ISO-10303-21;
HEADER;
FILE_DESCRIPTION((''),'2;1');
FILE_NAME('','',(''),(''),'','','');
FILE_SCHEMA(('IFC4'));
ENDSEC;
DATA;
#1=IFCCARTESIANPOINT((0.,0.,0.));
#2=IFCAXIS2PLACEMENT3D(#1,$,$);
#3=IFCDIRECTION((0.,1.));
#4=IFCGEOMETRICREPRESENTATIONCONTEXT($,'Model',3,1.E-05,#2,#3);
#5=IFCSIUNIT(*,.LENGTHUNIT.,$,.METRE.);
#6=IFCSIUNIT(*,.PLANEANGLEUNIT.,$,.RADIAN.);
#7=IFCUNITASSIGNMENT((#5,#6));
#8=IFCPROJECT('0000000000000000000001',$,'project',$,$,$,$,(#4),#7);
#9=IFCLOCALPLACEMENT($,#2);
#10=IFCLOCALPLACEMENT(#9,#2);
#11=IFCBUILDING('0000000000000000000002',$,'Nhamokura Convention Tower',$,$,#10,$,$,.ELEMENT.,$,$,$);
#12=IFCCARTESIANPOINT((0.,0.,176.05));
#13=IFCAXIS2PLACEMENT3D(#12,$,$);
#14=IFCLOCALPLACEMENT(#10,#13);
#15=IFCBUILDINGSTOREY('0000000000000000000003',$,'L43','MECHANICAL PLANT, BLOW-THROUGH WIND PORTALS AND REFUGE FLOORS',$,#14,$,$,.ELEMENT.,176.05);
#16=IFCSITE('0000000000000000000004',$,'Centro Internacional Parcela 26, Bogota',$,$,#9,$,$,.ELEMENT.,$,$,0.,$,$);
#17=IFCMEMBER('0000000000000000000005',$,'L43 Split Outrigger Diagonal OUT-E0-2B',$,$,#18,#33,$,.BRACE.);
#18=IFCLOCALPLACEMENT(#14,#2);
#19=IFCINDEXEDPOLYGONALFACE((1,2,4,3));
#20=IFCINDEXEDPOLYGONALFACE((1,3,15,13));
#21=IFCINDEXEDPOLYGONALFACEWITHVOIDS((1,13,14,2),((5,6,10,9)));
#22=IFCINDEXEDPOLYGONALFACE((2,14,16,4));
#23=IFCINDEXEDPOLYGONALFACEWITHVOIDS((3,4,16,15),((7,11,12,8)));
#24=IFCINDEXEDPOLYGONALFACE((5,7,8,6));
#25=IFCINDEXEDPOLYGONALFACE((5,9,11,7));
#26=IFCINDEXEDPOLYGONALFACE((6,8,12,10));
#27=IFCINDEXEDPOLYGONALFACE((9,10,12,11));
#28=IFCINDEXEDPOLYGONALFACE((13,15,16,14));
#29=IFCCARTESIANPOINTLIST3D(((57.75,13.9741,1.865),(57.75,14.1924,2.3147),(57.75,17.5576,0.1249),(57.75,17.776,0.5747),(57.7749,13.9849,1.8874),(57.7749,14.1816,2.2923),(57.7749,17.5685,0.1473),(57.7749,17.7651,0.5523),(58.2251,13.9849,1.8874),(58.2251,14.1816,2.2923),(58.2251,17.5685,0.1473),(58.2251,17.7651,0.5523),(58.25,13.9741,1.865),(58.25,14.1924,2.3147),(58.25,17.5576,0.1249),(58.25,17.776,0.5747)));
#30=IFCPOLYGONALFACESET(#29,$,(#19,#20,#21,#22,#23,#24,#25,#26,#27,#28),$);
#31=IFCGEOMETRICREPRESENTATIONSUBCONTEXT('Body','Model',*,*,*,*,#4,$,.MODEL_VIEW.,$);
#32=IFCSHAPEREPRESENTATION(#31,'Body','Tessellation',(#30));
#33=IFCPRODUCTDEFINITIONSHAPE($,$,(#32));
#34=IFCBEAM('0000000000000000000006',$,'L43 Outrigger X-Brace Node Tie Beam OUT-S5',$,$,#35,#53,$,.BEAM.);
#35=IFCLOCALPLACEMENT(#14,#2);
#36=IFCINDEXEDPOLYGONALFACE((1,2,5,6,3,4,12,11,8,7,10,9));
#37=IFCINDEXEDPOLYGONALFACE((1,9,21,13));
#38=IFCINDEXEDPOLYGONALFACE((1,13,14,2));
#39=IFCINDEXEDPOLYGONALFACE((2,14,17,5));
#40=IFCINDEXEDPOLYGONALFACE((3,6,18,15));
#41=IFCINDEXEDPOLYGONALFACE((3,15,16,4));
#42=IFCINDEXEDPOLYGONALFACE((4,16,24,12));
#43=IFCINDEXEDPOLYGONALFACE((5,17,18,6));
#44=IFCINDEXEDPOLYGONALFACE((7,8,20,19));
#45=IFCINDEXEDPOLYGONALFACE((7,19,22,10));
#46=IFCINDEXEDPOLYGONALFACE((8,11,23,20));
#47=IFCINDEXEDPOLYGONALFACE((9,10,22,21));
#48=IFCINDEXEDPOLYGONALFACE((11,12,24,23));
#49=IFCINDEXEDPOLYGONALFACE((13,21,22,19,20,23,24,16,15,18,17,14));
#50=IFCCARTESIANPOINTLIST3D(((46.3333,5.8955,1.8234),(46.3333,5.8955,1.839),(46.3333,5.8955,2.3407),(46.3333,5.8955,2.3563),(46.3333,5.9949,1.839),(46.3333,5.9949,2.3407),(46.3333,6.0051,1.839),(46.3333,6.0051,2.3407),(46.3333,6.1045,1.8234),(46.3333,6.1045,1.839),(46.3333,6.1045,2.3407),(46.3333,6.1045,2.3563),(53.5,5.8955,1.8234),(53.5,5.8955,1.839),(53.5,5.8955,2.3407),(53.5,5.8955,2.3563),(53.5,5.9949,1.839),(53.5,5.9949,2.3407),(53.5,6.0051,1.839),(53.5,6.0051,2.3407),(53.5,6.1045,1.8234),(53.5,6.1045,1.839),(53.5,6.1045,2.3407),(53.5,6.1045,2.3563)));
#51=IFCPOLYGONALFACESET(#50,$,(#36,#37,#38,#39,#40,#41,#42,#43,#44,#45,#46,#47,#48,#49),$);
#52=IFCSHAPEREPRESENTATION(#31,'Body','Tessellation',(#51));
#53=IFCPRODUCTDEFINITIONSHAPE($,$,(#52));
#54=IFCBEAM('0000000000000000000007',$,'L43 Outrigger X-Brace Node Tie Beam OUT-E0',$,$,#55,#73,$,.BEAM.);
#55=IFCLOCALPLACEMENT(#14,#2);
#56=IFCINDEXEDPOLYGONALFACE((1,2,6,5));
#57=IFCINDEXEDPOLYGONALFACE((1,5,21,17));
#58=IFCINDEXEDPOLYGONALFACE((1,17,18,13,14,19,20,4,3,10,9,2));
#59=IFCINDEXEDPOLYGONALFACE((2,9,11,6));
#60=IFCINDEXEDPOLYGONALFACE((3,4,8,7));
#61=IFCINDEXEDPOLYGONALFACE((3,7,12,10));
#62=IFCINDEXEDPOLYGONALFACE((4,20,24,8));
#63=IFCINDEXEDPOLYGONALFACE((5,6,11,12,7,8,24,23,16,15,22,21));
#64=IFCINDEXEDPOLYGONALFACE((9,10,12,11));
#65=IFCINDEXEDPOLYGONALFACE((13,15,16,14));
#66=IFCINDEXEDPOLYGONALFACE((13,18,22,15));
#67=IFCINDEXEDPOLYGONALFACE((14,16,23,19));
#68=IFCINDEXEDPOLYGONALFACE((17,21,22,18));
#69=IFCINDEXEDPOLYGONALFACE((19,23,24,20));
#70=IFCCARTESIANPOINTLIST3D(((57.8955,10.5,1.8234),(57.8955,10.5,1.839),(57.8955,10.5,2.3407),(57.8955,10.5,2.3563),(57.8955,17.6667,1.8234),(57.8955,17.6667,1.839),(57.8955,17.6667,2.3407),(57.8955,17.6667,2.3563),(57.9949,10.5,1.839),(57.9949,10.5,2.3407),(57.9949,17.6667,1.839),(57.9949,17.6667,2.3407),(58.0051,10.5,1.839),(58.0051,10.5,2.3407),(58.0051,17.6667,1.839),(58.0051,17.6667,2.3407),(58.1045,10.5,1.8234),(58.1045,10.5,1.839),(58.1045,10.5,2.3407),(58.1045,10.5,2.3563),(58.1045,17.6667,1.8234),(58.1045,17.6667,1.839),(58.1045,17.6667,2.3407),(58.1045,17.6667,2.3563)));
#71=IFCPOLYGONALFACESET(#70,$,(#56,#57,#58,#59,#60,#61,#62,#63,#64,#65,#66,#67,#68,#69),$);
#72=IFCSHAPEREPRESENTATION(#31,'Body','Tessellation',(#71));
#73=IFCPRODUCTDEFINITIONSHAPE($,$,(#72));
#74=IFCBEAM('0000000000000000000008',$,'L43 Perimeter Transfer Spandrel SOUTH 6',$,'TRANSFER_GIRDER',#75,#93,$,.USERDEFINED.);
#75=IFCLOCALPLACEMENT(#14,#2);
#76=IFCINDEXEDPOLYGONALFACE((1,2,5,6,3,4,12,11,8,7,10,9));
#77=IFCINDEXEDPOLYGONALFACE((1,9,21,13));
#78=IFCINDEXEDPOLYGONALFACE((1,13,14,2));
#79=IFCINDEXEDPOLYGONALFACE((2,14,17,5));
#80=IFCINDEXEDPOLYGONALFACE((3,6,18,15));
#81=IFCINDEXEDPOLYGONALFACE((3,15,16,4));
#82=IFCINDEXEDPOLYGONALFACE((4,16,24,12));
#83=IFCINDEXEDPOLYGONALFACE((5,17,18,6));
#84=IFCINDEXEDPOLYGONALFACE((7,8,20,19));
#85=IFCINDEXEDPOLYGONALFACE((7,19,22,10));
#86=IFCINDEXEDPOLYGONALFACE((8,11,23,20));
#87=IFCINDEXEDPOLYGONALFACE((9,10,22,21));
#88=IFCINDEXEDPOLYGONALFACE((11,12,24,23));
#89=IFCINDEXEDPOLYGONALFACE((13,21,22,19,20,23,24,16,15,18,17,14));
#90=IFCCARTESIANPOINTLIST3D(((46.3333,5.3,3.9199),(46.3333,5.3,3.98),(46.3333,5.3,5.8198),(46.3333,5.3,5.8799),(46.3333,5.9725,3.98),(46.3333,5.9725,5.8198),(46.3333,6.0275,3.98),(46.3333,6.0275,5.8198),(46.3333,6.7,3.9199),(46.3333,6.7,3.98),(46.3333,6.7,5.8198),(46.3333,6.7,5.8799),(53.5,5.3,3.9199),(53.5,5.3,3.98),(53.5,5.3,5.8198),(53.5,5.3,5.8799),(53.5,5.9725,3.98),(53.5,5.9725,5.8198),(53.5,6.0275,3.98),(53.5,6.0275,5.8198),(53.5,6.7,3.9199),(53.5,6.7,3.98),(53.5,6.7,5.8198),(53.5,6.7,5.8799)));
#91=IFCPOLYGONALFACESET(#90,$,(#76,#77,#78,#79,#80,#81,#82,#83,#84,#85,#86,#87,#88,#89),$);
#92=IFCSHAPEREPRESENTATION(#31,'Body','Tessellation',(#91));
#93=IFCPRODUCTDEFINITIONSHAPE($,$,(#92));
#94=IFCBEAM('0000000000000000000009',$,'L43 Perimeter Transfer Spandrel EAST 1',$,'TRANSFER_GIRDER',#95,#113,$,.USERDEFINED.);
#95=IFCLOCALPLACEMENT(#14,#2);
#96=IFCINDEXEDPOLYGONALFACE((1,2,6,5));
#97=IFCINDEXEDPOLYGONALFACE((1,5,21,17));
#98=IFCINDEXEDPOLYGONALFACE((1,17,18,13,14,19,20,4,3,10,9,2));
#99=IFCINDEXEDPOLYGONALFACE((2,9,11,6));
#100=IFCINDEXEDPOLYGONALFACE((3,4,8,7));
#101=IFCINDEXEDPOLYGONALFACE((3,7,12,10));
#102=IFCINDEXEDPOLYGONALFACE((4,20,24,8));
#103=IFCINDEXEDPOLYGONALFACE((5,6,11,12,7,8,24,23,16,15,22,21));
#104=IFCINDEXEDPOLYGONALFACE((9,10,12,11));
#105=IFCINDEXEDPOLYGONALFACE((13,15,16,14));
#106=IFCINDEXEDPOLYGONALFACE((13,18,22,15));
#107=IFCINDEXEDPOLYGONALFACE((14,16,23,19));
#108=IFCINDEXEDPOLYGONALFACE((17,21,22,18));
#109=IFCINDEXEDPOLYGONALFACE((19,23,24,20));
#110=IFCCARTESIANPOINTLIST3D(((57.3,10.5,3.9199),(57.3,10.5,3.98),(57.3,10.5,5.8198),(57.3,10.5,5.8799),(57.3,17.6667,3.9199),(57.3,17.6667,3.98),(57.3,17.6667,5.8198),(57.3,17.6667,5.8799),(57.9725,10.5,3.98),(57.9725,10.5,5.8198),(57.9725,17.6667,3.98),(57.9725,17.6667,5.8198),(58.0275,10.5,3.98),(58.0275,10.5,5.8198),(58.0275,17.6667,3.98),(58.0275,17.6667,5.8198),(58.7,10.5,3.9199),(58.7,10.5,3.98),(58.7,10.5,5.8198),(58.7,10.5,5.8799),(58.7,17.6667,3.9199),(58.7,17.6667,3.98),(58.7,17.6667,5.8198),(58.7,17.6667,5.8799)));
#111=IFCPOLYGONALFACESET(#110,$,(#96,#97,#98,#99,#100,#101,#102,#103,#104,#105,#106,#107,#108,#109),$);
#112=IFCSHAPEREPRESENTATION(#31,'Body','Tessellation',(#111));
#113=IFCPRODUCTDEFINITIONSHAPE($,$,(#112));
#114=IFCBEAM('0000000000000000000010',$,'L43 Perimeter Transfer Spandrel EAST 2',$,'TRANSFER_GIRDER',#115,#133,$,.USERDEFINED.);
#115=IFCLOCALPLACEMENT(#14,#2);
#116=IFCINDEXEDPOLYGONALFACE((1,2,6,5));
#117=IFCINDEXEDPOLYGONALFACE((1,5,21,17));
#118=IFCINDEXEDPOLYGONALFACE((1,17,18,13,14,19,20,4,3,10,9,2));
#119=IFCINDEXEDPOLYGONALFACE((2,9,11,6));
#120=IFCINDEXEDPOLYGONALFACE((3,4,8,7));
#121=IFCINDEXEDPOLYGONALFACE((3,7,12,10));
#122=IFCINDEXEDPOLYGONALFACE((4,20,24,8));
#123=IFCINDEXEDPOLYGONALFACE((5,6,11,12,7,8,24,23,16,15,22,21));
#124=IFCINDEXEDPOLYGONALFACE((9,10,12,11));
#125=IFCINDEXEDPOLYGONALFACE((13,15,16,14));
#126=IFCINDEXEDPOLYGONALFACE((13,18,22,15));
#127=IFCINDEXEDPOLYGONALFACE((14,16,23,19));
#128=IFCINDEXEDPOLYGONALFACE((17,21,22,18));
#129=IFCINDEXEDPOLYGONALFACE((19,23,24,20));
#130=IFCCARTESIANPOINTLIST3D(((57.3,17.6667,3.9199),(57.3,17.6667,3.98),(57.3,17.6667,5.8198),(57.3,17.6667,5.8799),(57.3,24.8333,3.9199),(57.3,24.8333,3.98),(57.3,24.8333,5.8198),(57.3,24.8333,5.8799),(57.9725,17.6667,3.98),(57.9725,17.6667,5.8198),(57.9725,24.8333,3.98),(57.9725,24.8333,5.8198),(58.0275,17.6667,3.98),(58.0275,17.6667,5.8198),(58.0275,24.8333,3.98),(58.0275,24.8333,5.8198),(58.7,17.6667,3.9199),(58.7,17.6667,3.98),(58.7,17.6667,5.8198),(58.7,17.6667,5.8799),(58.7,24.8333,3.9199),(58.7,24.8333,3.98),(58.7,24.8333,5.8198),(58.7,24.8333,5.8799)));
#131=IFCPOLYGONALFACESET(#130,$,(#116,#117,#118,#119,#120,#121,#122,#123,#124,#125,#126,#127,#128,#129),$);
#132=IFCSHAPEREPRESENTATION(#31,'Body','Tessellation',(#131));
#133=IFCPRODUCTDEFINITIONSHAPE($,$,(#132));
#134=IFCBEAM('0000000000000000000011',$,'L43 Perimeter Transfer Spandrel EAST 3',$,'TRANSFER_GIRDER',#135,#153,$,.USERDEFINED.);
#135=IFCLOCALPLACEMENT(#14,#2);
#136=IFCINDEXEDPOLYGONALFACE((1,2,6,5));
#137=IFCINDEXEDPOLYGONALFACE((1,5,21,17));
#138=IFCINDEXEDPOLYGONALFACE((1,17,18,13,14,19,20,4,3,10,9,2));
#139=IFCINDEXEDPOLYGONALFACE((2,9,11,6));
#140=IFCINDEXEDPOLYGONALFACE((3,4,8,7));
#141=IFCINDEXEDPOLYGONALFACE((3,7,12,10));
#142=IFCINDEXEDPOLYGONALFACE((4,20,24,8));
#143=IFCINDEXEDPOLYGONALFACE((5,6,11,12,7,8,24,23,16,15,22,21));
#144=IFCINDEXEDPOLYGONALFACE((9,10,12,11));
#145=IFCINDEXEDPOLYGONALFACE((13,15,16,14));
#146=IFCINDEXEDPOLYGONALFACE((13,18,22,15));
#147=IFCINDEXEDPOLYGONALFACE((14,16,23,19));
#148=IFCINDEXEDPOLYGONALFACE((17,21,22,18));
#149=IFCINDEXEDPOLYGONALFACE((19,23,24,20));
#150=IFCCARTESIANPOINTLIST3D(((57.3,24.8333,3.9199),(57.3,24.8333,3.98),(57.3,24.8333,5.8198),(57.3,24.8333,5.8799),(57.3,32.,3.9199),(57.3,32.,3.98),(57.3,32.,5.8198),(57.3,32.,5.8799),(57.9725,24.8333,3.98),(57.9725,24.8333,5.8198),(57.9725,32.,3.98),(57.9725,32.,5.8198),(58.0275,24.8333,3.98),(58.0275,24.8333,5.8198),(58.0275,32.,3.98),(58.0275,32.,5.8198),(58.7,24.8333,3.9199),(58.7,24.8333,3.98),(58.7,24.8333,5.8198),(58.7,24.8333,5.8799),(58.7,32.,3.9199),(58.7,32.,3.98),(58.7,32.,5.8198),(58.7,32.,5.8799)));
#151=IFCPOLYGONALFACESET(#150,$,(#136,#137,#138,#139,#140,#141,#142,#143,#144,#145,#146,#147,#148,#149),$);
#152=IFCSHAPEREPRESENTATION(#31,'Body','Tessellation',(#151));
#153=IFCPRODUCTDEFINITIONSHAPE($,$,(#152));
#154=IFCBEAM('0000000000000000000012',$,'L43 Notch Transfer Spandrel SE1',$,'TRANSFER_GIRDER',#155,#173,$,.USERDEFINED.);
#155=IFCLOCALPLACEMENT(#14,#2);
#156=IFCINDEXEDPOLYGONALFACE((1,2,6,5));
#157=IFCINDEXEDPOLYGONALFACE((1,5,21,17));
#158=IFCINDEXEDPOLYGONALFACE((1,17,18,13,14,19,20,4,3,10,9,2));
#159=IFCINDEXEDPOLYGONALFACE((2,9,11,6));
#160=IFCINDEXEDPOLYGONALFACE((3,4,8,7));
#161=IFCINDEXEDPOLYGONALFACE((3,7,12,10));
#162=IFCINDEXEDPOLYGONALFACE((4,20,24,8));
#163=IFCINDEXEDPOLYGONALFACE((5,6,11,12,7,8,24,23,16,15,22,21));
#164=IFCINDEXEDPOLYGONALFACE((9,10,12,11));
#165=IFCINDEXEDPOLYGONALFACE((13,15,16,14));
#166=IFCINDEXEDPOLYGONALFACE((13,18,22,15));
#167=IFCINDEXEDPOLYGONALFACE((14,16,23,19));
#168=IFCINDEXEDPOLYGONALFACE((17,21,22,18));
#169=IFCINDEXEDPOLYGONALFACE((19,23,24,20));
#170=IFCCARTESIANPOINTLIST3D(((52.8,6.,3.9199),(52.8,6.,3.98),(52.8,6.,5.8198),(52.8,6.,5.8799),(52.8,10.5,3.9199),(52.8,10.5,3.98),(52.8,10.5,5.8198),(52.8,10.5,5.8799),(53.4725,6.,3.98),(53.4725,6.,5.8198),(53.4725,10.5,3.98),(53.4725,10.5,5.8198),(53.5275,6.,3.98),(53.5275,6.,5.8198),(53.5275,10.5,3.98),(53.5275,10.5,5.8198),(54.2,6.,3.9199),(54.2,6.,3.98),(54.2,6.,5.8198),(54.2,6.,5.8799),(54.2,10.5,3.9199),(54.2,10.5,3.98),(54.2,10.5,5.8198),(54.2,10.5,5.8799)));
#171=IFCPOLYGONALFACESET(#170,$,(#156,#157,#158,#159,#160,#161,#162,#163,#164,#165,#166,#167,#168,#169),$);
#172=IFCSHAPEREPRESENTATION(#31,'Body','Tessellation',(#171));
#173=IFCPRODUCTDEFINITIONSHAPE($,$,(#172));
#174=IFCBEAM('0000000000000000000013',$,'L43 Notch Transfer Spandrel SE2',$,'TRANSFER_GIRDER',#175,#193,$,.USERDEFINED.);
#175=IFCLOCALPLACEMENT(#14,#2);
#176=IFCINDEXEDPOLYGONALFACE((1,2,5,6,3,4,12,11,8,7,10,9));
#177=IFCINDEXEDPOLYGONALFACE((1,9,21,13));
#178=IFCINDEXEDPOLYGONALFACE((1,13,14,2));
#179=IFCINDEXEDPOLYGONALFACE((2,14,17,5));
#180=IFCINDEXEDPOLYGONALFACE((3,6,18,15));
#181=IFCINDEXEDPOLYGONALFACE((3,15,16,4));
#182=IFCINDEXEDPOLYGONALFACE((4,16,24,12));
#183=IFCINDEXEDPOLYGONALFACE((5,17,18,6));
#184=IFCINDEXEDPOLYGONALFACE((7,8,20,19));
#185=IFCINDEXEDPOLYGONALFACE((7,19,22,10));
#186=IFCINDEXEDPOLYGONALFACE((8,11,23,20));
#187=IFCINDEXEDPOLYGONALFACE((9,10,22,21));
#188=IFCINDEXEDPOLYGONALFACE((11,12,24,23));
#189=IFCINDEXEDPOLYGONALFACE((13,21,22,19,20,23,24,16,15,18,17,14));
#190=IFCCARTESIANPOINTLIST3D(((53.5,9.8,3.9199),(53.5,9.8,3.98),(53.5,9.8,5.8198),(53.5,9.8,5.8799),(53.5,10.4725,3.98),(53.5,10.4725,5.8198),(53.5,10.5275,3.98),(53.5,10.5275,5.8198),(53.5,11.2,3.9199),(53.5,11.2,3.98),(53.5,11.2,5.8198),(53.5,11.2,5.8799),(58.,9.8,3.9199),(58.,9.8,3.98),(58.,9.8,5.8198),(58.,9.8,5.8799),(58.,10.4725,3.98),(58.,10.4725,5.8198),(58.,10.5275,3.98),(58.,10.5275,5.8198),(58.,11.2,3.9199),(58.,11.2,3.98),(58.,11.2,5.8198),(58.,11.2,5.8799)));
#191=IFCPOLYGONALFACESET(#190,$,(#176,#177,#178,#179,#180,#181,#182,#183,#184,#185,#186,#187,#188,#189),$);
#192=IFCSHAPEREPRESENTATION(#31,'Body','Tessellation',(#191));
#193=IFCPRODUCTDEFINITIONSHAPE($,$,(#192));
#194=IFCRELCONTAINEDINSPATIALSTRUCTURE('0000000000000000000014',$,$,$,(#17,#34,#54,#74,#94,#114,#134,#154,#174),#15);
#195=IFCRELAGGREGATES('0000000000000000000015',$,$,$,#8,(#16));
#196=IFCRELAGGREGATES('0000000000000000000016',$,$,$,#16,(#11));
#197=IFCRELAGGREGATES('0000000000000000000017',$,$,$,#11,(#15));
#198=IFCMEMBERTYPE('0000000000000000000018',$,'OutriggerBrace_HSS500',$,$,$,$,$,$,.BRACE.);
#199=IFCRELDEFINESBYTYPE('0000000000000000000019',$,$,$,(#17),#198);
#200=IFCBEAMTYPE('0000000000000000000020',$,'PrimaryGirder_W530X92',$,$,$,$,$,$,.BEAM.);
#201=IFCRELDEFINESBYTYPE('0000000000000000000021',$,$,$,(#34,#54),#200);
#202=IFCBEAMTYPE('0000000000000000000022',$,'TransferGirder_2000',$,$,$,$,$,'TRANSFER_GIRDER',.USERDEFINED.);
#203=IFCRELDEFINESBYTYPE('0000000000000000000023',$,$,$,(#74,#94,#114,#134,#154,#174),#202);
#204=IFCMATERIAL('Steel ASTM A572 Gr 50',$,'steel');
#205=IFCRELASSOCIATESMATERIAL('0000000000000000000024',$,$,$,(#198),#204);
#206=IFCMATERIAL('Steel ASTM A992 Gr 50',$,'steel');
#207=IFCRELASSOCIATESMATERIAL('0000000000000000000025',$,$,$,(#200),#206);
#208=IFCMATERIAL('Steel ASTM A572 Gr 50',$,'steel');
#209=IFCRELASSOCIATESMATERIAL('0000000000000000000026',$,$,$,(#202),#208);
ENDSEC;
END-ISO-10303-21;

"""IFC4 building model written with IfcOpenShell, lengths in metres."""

from ifc_helpers import new_model, si_unit, direction, frame, origin, origin_2d, place, context, subcontext, project, spatial, hollow_rectangle, i_section, extrude, material, material_profile, profile_set, type_object, element, save


model = new_model("IFC4")

# Units and contexts
model_context = context("Model", 3, precision=1e-05, world=origin(), true_north=direction((0.0, 1.0)))
body_context = subcontext(model_context, "Body", "Model", "MODEL_VIEW")
ifc_project = project(units=[si_unit("LENGTHUNIT", "METRE"), si_unit("PLANEANGLEUNIT", "RADIAN")], contexts=[model_context])

# Site, building, storey
site_placement = place(None, origin())
site = spatial("IfcSite", under=ifc_project, at=site_placement, Name="Centro Internacional Parcela 26, Bogota", CompositionType="ELEMENT", RefElevation=0.0)
building_placement = place(site_placement, origin())
building = spatial("IfcBuilding", under=site, at=building_placement, Name="Nhamokura Convention Tower", CompositionType="ELEMENT")
storey_placement = place(building_placement, frame((0.0, 0.0, 176.05)))
storey = spatial("IfcBuildingStorey", under=building, at=storey_placement, Name="L43", Description="MECHANICAL PLANT, BLOW-THROUGH WIND PORTALS AND REFUGE FLOORS", CompositionType="ELEMENT", Elevation=176.05)

# Member
ifc_material_1 = material(Name="Steel ASTM A572 Gr 50", Category="steel")
ifc_material_profile_1 = material_profile(ifc_material_1, hollow_rectangle(XDim=0.5, YDim=0.5, WallThickness=0.0249, at=origin_2d()))
ifc_profile_set_1 = profile_set([ifc_material_profile_1], Name="Steel ASTM A572 Gr 50")
member_type_1 = type_object("IfcMemberType", Name="OutriggerBrace_HSS500", PredefinedType="BRACE", material=ifc_profile_set_1)
member_1_placement = place(storey_placement, frame((58.0, 14.0833, 2.0898), z_axis=(0.0, 0.899564, -0.436789), x_axis=(-1.0, 0.0, 0.0)))
element("IfcMember", 1, at=member_1_placement, inside=storey, type_object=member_type_1, Name="L43 Split Outrigger Diagonal OUT-E0-2B", PredefinedType="BRACE", context=body_context, shape_type="SweptSolid", body=[
    extrude(hollow_rectangle(XDim=0.5, YDim=0.5, WallThickness=0.0249, at=origin_2d()), origin(), (0.0, 0.0, 1.0), 3.9836),
])

# Beams
ifc_material_2 = material(Name="Steel ASTM A992 Gr 50", Category="steel")
ifc_material_profile_2 = material_profile(ifc_material_2, i_section(OverallWidth=0.209, OverallDepth=0.533, WebThickness=0.0103, FlangeThickness=0.0156, at=origin_2d()))
ifc_profile_set_2 = profile_set([ifc_material_profile_2], Name="Steel ASTM A992 Gr 50")
beam_type_1 = type_object("IfcBeamType", Name="PrimaryGirder_W530X92", PredefinedType="BEAM", material=ifc_profile_set_2)
for number, where, z_axis, x_axis, name in (
    (2, (46.3333, 6.0, 2.0898), (1.0, 0.0, 0.0), (0.0, 1.0, 0.0), "L43 Outrigger X-Brace Node Tie Beam OUT-S5"),
    (3, (58.0, 10.5, 2.0898), (0.0, 1.0, 0.0), (-1.0, 0.0, 0.0), "L43 Outrigger X-Brace Node Tie Beam OUT-E0"),
):
    element("IfcBeam", number, at=place(storey_placement, frame(where, z_axis=z_axis, x_axis=x_axis)), inside=storey, type_object=beam_type_1, Name=name, PredefinedType="BEAM", context=body_context, shape_type="SweptSolid", body=[
        extrude(i_section(OverallWidth=0.209, OverallDepth=0.533, WebThickness=0.0103, FlangeThickness=0.0156, at=origin_2d()), origin(), (0.0, 0.0, 1.0), 7.1667),
    ])
ifc_material_3 = material(Name="Steel ASTM A572 Gr 50", Category="steel")
ifc_material_profile_3 = material_profile(ifc_material_3, i_section(OverallWidth=1.3999, OverallDepth=1.96, WebThickness=0.0549, FlangeThickness=0.0601, at=origin_2d()))
ifc_profile_set_3 = profile_set([ifc_material_profile_3], Name="Steel ASTM A572 Gr 50")
beam_type_2 = type_object("IfcBeamType", Name="TransferGirder_2000", ElementType="TRANSFER_GIRDER", PredefinedType="USERDEFINED", material=ifc_profile_set_3)
for number, where, z_axis, x_axis, name in (
    (4, (46.3333, 6.0, 4.8999), (1.0, 0.0, 0.0), (0.0, 1.0, 0.0), "L43 Perimeter Transfer Spandrel SOUTH 6"),
    (5, (58.0, 10.5, 4.8999), (0.0, 1.0, 0.0), (-1.0, 0.0, 0.0), "L43 Perimeter Transfer Spandrel EAST 1"),
):
    element("IfcBeam", number, at=place(storey_placement, frame(where, z_axis=z_axis, x_axis=x_axis)), inside=storey, type_object=beam_type_2, Name=name, ObjectType="TRANSFER_GIRDER", PredefinedType="USERDEFINED", context=body_context, shape_type="SweptSolid", body=[
        extrude(i_section(OverallWidth=1.3999, OverallDepth=1.96, WebThickness=0.0549, FlangeThickness=0.0601, at=origin_2d()), origin(), (0.0, 0.0, 1.0), 7.1667),
    ])
beam_1_placement = place(storey_placement, frame((58.0, 17.6667, 4.8999), z_axis=(0.0, 1.0, 0.0), x_axis=(-1.0, 0.0, 0.0)))
element("IfcBeam", 6, at=beam_1_placement, inside=storey, type_object=beam_type_2, Name="L43 Perimeter Transfer Spandrel EAST 2", ObjectType="TRANSFER_GIRDER", PredefinedType="USERDEFINED", context=body_context, shape_type="SweptSolid", body=[
    extrude(i_section(OverallWidth=1.3999, OverallDepth=1.96, WebThickness=0.0549, FlangeThickness=0.0601, at=origin_2d()), origin(), (0.0, 0.0, 1.0), 7.1665),
])
beam_2_placement = place(storey_placement, frame((58.0, 24.8333, 4.8999), z_axis=(0.0, 1.0, 0.0), x_axis=(-1.0, 0.0, 0.0)))
element("IfcBeam", 7, at=beam_2_placement, inside=storey, type_object=beam_type_2, Name="L43 Perimeter Transfer Spandrel EAST 3", ObjectType="TRANSFER_GIRDER", PredefinedType="USERDEFINED", context=body_context, shape_type="SweptSolid", body=[
    extrude(i_section(OverallWidth=1.3999, OverallDepth=1.96, WebThickness=0.0549, FlangeThickness=0.0601, at=origin_2d()), origin(), (0.0, 0.0, 1.0), 7.1667),
])
for number, where, z_axis, x_axis, name in (
    (8, (53.5, 6.0, 4.8999), (0.0, 1.0, 0.0), (-1.0, 0.0, 0.0), "L43 Notch Transfer Spandrel SE1"),
    (9, (53.5, 10.5, 4.8999), (1.0, 0.0, 0.0), (0.0, 1.0, 0.0), "L43 Notch Transfer Spandrel SE2"),
):
    element("IfcBeam", number, at=place(storey_placement, frame(where, z_axis=z_axis, x_axis=x_axis)), inside=storey, type_object=beam_type_2, Name=name, ObjectType="TRANSFER_GIRDER", PredefinedType="USERDEFINED", context=body_context, shape_type="SweptSolid", body=[
        extrude(i_section(OverallWidth=1.3999, OverallDepth=1.96, WebThickness=0.0549, FlangeThickness=0.0601, at=origin_2d()), origin(), (0.0, 0.0, 1.0), 4.5),
    ])

save(model, "model.ifc")
